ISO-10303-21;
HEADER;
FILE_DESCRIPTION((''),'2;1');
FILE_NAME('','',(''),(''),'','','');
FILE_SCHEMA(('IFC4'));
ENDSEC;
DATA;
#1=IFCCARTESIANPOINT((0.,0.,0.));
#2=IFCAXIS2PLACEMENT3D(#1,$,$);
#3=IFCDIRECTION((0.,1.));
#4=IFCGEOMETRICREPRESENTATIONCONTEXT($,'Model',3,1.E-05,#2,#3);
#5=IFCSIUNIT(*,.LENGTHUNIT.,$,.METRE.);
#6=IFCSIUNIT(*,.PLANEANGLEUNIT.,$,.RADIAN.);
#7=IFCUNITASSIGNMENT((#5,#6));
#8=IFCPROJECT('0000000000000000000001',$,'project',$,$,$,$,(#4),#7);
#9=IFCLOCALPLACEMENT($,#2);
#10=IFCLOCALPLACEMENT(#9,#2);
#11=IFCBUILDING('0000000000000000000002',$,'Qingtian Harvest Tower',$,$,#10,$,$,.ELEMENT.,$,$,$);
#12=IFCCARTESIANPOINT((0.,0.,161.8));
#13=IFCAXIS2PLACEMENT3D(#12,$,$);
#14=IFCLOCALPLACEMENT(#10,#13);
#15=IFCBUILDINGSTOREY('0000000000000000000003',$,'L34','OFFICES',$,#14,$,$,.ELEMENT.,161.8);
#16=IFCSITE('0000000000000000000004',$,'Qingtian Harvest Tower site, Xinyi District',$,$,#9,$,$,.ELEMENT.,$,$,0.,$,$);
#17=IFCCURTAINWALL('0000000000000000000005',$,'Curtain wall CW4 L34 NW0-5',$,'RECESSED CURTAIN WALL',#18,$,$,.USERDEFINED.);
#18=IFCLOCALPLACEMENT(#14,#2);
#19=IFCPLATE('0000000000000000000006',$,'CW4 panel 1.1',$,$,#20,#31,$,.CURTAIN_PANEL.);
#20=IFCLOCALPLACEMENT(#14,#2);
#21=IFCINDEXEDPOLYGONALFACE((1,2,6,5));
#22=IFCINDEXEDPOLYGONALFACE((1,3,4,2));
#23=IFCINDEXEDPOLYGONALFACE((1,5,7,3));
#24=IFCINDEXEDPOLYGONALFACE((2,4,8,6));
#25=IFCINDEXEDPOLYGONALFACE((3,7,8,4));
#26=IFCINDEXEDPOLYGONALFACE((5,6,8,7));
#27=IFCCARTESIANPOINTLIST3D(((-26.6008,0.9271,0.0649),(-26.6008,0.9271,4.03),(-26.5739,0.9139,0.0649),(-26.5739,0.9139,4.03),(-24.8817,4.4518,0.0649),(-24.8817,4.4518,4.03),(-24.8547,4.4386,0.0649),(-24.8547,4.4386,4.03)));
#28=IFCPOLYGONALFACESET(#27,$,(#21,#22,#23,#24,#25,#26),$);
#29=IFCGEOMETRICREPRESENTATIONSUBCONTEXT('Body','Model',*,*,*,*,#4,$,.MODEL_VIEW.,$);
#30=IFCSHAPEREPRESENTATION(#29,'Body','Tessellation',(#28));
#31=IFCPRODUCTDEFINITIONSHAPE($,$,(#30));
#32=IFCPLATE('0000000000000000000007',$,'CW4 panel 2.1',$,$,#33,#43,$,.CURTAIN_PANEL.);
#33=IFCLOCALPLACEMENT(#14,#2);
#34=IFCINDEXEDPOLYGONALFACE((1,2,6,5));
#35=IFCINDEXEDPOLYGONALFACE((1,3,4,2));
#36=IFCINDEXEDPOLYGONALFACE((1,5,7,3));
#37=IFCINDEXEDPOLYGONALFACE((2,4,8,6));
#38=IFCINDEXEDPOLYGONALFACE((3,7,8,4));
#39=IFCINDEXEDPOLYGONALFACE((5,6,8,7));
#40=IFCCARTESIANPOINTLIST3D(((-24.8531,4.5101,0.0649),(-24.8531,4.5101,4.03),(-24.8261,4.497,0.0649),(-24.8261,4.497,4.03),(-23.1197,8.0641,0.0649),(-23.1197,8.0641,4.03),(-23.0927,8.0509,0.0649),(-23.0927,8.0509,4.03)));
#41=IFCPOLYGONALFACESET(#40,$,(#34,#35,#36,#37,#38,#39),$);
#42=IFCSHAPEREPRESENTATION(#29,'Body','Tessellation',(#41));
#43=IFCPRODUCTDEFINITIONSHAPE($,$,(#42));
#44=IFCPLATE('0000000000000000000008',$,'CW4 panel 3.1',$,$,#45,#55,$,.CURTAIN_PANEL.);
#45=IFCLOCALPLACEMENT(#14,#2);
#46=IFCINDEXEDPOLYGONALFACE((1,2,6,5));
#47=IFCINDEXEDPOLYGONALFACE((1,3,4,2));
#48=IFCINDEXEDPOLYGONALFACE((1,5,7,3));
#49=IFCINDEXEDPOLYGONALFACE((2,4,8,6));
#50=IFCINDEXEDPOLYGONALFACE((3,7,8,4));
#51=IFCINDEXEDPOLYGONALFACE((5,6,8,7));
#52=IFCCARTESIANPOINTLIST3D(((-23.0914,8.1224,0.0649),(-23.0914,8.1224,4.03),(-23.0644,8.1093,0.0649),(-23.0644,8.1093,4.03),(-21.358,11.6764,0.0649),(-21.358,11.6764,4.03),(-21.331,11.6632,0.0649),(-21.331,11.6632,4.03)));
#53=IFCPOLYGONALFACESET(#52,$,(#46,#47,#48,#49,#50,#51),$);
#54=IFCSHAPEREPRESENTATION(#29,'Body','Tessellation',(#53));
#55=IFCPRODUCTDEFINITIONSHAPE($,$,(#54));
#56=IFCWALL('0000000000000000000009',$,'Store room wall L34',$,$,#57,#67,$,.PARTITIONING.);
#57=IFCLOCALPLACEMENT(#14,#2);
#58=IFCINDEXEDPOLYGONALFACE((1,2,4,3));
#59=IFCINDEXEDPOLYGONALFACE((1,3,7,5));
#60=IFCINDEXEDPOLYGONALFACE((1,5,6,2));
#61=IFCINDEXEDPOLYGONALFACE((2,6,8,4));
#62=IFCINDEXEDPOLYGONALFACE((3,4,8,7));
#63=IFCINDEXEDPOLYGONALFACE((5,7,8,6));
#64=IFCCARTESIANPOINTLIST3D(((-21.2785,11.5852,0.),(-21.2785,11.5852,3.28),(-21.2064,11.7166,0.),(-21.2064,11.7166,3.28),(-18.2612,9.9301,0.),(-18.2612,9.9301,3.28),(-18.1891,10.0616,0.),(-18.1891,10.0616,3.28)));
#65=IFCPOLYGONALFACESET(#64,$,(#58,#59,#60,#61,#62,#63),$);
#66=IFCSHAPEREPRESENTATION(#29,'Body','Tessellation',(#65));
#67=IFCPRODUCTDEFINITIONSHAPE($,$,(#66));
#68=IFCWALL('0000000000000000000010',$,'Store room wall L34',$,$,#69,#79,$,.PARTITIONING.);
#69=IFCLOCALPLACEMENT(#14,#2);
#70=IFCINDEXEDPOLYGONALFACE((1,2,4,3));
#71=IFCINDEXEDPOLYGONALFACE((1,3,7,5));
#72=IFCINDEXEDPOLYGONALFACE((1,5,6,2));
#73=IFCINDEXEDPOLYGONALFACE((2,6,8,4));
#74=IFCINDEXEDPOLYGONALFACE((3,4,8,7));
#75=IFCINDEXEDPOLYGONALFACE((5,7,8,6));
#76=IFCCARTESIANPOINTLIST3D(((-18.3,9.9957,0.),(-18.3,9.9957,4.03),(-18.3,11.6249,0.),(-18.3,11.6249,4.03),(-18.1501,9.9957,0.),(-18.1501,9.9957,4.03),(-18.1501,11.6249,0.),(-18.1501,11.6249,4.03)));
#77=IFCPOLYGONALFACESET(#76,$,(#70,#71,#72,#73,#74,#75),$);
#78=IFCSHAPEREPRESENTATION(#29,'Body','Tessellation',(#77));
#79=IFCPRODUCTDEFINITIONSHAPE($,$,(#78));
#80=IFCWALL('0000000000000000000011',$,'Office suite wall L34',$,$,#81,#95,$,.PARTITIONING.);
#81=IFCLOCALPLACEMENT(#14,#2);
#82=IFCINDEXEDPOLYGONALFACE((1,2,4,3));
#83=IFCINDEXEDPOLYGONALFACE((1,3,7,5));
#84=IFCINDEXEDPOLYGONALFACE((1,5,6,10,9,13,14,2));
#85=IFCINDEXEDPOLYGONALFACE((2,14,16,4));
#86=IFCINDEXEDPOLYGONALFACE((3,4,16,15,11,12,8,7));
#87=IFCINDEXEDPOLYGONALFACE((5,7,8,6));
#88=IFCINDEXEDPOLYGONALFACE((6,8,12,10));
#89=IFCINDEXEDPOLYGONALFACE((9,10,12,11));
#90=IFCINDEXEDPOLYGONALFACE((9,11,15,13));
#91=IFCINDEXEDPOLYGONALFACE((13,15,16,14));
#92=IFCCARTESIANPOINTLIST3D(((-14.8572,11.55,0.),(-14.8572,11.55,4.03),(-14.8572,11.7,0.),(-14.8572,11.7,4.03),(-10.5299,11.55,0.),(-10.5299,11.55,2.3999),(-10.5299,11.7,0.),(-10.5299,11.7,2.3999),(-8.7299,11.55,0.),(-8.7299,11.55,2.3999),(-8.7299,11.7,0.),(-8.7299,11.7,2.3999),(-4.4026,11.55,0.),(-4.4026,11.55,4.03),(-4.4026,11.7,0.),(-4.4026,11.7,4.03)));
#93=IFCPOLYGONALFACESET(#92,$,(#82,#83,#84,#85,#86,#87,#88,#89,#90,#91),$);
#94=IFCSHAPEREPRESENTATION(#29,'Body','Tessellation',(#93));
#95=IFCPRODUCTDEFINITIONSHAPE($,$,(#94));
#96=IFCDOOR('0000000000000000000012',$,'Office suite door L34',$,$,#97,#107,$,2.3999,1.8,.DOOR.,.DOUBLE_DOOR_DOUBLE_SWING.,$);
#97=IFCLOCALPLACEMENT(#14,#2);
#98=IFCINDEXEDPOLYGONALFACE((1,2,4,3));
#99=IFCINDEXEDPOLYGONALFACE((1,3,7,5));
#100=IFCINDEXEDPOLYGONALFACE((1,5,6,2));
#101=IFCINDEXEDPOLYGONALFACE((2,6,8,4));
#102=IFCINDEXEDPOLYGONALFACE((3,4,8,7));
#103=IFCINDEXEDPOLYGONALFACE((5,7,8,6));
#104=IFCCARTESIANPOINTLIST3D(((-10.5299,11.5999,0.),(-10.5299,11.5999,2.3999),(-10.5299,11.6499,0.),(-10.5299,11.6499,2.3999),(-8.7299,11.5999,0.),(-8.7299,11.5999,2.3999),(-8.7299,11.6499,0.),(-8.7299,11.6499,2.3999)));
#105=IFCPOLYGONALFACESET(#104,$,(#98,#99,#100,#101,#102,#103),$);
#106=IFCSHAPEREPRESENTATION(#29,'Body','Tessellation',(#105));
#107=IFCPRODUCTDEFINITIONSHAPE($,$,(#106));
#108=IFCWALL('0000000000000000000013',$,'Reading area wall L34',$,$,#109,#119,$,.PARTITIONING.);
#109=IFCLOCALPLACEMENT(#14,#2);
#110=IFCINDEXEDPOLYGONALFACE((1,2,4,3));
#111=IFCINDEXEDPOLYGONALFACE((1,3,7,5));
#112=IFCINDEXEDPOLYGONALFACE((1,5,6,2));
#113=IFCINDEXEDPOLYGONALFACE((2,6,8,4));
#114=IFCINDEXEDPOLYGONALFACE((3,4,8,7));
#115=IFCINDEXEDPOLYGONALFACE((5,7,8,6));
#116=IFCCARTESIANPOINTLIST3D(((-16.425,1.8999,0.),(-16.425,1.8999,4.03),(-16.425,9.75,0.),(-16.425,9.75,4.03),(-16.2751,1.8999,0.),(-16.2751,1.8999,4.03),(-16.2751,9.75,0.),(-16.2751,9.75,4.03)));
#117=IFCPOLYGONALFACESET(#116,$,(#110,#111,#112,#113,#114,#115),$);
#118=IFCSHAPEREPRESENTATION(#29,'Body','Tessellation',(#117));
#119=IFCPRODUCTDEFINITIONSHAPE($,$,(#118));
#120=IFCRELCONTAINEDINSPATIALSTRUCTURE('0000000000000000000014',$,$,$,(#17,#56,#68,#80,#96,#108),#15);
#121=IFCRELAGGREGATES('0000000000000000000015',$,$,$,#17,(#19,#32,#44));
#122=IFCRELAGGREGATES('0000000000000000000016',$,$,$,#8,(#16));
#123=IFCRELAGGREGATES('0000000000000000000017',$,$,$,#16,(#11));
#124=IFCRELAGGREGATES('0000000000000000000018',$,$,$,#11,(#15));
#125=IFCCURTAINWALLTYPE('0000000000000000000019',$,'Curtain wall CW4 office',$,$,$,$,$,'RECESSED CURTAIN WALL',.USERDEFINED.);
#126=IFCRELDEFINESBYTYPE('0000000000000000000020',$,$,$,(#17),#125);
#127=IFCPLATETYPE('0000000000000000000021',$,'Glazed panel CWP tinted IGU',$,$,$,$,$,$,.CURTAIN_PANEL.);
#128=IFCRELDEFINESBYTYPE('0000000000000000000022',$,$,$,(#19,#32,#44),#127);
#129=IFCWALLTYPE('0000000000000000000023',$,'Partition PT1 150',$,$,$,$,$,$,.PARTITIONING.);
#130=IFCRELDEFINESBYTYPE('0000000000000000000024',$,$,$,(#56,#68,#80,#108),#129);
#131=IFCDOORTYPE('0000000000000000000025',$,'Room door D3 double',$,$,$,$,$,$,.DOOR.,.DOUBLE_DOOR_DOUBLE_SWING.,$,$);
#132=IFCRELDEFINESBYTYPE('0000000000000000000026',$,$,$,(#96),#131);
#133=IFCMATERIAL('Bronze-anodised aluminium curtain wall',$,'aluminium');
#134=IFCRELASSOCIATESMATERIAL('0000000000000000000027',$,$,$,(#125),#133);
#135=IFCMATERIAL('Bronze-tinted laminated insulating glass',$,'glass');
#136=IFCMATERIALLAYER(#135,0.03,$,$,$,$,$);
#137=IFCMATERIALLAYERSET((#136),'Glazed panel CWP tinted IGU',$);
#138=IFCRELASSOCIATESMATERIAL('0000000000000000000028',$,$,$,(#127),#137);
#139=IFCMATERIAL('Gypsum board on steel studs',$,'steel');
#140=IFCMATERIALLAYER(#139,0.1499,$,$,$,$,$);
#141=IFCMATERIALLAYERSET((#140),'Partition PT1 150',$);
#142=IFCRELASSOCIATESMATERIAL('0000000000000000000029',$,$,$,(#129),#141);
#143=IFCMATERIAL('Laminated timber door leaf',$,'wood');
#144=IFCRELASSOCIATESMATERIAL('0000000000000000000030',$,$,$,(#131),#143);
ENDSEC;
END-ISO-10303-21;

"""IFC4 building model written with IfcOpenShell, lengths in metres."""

from ifc_helpers import new_model, si_unit, direction, frame, frame_2d, origin, origin_2d, place, context, subcontext, project, spatial, rectangle, extrude, material, layer, layer_set, type_object, element, fill, aggregate, save


model = new_model("IFC4")

# Units and contexts
model_context = context("Model", 3, precision=1e-05, world=origin(), true_north=direction((0.0, 1.0)))
body_context = subcontext(model_context, "Body", "Model", "MODEL_VIEW")
ifc_project = project(units=[si_unit("LENGTHUNIT", "METRE"), si_unit("PLANEANGLEUNIT", "RADIAN")], contexts=[model_context])

# Site, building, storey
site_placement = place(None, origin())
site = spatial("IfcSite", under=ifc_project, at=site_placement, Name="Qingtian Harvest Tower site, Xinyi District", CompositionType="ELEMENT", RefElevation=0.0)
building_placement = place(site_placement, origin())
building = spatial("IfcBuilding", under=site, at=building_placement, Name="Qingtian Harvest Tower", CompositionType="ELEMENT")
storey_placement = place(building_placement, frame((0.0, 0.0, 161.8)))
storey = spatial("IfcBuildingStorey", under=building, at=storey_placement, Name="L34", Description="OFFICES", CompositionType="ELEMENT", Elevation=161.8)

# Shared definitions
ifc_material_1 = material(Name="Bronze-anodised aluminium curtain wall", Category="aluminium")
curtain_wall_type = type_object("IfcCurtainWallType", Name="Curtain wall CW4 office", ElementType="RECESSED CURTAIN WALL", PredefinedType="USERDEFINED", material=ifc_material_1)

# Curtain wall
curtain_wall_1_placement = place(storey_placement, origin())
curtain_wall_1 = element("IfcCurtainWall", 1, at=curtain_wall_1_placement, inside=storey, type_object=curtain_wall_type, Name="Curtain wall CW4 L34 NW0-5", ObjectType="RECESSED CURTAIN WALL", PredefinedType="USERDEFINED")

# Plates
ifc_material_2 = material(Name="Bronze-tinted laminated insulating glass", Category="glass")
ifc_layer_1 = layer(ifc_material_2, 0.03)
ifc_layer_set_1 = layer_set([ifc_layer_1], Name="Glazed panel CWP tinted IGU")
plate_type = type_object("IfcPlateType", Name="Glazed panel CWP tinted IGU", PredefinedType="CURTAIN_PANEL", material=ifc_layer_set_1)
plate_1_placement = place(storey_placement, frame((-25.7278, 2.6829, 0.0649), z_axis=(0.0, 0.0, 1.0), x_axis=(0.438371, 0.898794, 0.0)))
plate_1 = element("IfcPlate", 2, at=plate_1_placement, type_object=plate_type, Name="CW4 panel 1.1", PredefinedType="CURTAIN_PANEL", context=body_context, shape_type="SweptSolid", body=[
    extrude(rectangle(XDim=3.9216, YDim=0.03, at=origin_2d()), origin(), (0.0, 0.0, 1.0), 3.9651),
])
plate_2_placement = place(storey_placement, frame((-23.9729, 6.2805, 0.0649), z_axis=(0.0, 0.0, 1.0), x_axis=(0.438371, 0.898794, 0.0)))
plate_2 = element("IfcPlate", 3, at=plate_2_placement, type_object=plate_type, Name="CW4 panel 2.1", PredefinedType="CURTAIN_PANEL", context=body_context, shape_type="SweptSolid", body=[
    extrude(rectangle(XDim=3.9541, YDim=0.03, at=origin_2d()), origin(), (0.0, 0.0, 1.0), 3.9651),
])
plate_3_placement = place(storey_placement, frame((-22.2112, 9.8928, 0.0649), z_axis=(0.0, 0.0, 1.0), x_axis=(0.438371, 0.898794, 0.0)))
plate_3 = element("IfcPlate", 4, at=plate_3_placement, type_object=plate_type, Name="CW4 panel 3.1", PredefinedType="CURTAIN_PANEL", context=body_context, shape_type="SweptSolid", body=[
    extrude(rectangle(XDim=3.9541, YDim=0.03, at=origin_2d()), origin(), (0.0, 0.0, 1.0), 3.9651),
])
aggregate(curtain_wall_1, [plate_1, plate_2, plate_3])

# Walls
ifc_material_3 = material(Name="Gypsum board on steel studs", Category="steel")
ifc_layer_2 = layer(ifc_material_3, 0.1499)
ifc_layer_set_2 = layer_set([ifc_layer_2], Name="Partition PT1 150")
wall_type = type_object("IfcWallType", Name="Partition PT1 150", PredefinedType="PARTITIONING", material=ifc_layer_set_2)
wall_1_placement = place(storey_placement, frame((-21.2424, 11.6509, 0.0), z_axis=(0.0, 0.0, 1.0), x_axis=(0.876768, -0.480914, 0.0)))
element("IfcWall", 5, at=wall_1_placement, inside=storey, type_object=wall_type, Name="Store room wall L34", PredefinedType="PARTITIONING", context=body_context, shape_type="SweptSolid", body=[
    extrude(rectangle(XDim=3.4414, YDim=0.1499, at=frame_2d((1.7207, 0.0))), origin(), (0.0, 0.0, 1.0), 3.28),
])
wall_2_placement = place(storey_placement, frame((-18.2251, 9.9958, 0.0), z_axis=(0.0, 0.0, 1.0), x_axis=(0.0, 1.0, 0.0)))
element("IfcWall", 6, at=wall_2_placement, inside=storey, type_object=wall_type, Name="Store room wall L34", PredefinedType="PARTITIONING", context=body_context, shape_type="SweptSolid", body=[
    extrude(rectangle(XDim=1.6292, YDim=0.1499, at=frame_2d((0.8145, 0.0))), origin(), (0.0, 0.0, 1.0), 4.03),
])

# Wall, opening, door
wall_3_placement = place(storey_placement, frame((-14.8572, 11.625, 0.0), z_axis=(0.0, 0.0, 1.0), x_axis=(1.0, 0.0, 0.0)))
wall_3 = element("IfcWall", 7, at=wall_3_placement, inside=storey, type_object=wall_type, Name="Office suite wall L34", PredefinedType="PARTITIONING", context=body_context, shape_type="SweptSolid", body=[
    extrude(rectangle(XDim=10.4546, YDim=0.1499, at=frame_2d((5.2273, 0.0))), origin(), (0.0, 0.0, 1.0), 4.03),
])
opening_1_placement = place(wall_3_placement, frame((4.3274, 0.0, 0.0)))
opening_1 = element("IfcOpeningElement", 8, at=opening_1_placement, cuts=wall_3, PredefinedType="OPENING", context=body_context, shape_type="SweptSolid", body=[
    extrude(rectangle(XDim=1.8, YDim=2.3999, at=frame_2d((0.8999, 1.2))), frame((0.0, 0.085, 0.0), z_axis=(0.0, -1.0, 0.0), x_axis=(1.0, 0.0, 0.0)), (0.0, 0.0, 1.0), 0.1699),
])
ifc_material_4 = material(Name="Laminated timber door leaf", Category="wood")
door_type_1 = type_object("IfcDoorType", Name="Room door D3 double", OperationType="DOUBLE_DOOR_DOUBLE_SWING", PredefinedType="DOOR", material=ifc_material_4)
door_1_placement = place(opening_1_placement, origin())
door_1 = element("IfcDoor", 9, at=door_1_placement, inside=storey, type_object=door_type_1, Name="Office suite door L34", OperationType="DOUBLE_DOOR_DOUBLE_SWING", OverallHeight=2.3999, OverallWidth=1.8, PredefinedType="DOOR", context=body_context, shape_type="SweptSolid", body=[
    extrude(rectangle(XDim=1.8, YDim=2.3999, at=frame_2d((0.8999, 1.2))), frame((0.0, 0.0249, 0.0), z_axis=(0.0, -1.0, 0.0), x_axis=(1.0, 0.0, 0.0)), (0.0, 0.0, 1.0), 0.05),
])
fill(opening_1, door_1)

# Wall
wall_4_placement = place(storey_placement, frame((-16.3501, 1.8999, 0.0), z_axis=(0.0, 0.0, 1.0), x_axis=(0.0, 1.0, 0.0)))
element("IfcWall", 10, at=wall_4_placement, inside=storey, type_object=wall_type, Name="Reading area wall L34", PredefinedType="PARTITIONING", context=body_context, shape_type="SweptSolid", body=[
    extrude(rectangle(XDim=7.8501, YDim=0.1499, at=frame_2d((3.925, 0.0))), origin(), (0.0, 0.0, 1.0), 4.03),
])

save(model, "model.ifc")
